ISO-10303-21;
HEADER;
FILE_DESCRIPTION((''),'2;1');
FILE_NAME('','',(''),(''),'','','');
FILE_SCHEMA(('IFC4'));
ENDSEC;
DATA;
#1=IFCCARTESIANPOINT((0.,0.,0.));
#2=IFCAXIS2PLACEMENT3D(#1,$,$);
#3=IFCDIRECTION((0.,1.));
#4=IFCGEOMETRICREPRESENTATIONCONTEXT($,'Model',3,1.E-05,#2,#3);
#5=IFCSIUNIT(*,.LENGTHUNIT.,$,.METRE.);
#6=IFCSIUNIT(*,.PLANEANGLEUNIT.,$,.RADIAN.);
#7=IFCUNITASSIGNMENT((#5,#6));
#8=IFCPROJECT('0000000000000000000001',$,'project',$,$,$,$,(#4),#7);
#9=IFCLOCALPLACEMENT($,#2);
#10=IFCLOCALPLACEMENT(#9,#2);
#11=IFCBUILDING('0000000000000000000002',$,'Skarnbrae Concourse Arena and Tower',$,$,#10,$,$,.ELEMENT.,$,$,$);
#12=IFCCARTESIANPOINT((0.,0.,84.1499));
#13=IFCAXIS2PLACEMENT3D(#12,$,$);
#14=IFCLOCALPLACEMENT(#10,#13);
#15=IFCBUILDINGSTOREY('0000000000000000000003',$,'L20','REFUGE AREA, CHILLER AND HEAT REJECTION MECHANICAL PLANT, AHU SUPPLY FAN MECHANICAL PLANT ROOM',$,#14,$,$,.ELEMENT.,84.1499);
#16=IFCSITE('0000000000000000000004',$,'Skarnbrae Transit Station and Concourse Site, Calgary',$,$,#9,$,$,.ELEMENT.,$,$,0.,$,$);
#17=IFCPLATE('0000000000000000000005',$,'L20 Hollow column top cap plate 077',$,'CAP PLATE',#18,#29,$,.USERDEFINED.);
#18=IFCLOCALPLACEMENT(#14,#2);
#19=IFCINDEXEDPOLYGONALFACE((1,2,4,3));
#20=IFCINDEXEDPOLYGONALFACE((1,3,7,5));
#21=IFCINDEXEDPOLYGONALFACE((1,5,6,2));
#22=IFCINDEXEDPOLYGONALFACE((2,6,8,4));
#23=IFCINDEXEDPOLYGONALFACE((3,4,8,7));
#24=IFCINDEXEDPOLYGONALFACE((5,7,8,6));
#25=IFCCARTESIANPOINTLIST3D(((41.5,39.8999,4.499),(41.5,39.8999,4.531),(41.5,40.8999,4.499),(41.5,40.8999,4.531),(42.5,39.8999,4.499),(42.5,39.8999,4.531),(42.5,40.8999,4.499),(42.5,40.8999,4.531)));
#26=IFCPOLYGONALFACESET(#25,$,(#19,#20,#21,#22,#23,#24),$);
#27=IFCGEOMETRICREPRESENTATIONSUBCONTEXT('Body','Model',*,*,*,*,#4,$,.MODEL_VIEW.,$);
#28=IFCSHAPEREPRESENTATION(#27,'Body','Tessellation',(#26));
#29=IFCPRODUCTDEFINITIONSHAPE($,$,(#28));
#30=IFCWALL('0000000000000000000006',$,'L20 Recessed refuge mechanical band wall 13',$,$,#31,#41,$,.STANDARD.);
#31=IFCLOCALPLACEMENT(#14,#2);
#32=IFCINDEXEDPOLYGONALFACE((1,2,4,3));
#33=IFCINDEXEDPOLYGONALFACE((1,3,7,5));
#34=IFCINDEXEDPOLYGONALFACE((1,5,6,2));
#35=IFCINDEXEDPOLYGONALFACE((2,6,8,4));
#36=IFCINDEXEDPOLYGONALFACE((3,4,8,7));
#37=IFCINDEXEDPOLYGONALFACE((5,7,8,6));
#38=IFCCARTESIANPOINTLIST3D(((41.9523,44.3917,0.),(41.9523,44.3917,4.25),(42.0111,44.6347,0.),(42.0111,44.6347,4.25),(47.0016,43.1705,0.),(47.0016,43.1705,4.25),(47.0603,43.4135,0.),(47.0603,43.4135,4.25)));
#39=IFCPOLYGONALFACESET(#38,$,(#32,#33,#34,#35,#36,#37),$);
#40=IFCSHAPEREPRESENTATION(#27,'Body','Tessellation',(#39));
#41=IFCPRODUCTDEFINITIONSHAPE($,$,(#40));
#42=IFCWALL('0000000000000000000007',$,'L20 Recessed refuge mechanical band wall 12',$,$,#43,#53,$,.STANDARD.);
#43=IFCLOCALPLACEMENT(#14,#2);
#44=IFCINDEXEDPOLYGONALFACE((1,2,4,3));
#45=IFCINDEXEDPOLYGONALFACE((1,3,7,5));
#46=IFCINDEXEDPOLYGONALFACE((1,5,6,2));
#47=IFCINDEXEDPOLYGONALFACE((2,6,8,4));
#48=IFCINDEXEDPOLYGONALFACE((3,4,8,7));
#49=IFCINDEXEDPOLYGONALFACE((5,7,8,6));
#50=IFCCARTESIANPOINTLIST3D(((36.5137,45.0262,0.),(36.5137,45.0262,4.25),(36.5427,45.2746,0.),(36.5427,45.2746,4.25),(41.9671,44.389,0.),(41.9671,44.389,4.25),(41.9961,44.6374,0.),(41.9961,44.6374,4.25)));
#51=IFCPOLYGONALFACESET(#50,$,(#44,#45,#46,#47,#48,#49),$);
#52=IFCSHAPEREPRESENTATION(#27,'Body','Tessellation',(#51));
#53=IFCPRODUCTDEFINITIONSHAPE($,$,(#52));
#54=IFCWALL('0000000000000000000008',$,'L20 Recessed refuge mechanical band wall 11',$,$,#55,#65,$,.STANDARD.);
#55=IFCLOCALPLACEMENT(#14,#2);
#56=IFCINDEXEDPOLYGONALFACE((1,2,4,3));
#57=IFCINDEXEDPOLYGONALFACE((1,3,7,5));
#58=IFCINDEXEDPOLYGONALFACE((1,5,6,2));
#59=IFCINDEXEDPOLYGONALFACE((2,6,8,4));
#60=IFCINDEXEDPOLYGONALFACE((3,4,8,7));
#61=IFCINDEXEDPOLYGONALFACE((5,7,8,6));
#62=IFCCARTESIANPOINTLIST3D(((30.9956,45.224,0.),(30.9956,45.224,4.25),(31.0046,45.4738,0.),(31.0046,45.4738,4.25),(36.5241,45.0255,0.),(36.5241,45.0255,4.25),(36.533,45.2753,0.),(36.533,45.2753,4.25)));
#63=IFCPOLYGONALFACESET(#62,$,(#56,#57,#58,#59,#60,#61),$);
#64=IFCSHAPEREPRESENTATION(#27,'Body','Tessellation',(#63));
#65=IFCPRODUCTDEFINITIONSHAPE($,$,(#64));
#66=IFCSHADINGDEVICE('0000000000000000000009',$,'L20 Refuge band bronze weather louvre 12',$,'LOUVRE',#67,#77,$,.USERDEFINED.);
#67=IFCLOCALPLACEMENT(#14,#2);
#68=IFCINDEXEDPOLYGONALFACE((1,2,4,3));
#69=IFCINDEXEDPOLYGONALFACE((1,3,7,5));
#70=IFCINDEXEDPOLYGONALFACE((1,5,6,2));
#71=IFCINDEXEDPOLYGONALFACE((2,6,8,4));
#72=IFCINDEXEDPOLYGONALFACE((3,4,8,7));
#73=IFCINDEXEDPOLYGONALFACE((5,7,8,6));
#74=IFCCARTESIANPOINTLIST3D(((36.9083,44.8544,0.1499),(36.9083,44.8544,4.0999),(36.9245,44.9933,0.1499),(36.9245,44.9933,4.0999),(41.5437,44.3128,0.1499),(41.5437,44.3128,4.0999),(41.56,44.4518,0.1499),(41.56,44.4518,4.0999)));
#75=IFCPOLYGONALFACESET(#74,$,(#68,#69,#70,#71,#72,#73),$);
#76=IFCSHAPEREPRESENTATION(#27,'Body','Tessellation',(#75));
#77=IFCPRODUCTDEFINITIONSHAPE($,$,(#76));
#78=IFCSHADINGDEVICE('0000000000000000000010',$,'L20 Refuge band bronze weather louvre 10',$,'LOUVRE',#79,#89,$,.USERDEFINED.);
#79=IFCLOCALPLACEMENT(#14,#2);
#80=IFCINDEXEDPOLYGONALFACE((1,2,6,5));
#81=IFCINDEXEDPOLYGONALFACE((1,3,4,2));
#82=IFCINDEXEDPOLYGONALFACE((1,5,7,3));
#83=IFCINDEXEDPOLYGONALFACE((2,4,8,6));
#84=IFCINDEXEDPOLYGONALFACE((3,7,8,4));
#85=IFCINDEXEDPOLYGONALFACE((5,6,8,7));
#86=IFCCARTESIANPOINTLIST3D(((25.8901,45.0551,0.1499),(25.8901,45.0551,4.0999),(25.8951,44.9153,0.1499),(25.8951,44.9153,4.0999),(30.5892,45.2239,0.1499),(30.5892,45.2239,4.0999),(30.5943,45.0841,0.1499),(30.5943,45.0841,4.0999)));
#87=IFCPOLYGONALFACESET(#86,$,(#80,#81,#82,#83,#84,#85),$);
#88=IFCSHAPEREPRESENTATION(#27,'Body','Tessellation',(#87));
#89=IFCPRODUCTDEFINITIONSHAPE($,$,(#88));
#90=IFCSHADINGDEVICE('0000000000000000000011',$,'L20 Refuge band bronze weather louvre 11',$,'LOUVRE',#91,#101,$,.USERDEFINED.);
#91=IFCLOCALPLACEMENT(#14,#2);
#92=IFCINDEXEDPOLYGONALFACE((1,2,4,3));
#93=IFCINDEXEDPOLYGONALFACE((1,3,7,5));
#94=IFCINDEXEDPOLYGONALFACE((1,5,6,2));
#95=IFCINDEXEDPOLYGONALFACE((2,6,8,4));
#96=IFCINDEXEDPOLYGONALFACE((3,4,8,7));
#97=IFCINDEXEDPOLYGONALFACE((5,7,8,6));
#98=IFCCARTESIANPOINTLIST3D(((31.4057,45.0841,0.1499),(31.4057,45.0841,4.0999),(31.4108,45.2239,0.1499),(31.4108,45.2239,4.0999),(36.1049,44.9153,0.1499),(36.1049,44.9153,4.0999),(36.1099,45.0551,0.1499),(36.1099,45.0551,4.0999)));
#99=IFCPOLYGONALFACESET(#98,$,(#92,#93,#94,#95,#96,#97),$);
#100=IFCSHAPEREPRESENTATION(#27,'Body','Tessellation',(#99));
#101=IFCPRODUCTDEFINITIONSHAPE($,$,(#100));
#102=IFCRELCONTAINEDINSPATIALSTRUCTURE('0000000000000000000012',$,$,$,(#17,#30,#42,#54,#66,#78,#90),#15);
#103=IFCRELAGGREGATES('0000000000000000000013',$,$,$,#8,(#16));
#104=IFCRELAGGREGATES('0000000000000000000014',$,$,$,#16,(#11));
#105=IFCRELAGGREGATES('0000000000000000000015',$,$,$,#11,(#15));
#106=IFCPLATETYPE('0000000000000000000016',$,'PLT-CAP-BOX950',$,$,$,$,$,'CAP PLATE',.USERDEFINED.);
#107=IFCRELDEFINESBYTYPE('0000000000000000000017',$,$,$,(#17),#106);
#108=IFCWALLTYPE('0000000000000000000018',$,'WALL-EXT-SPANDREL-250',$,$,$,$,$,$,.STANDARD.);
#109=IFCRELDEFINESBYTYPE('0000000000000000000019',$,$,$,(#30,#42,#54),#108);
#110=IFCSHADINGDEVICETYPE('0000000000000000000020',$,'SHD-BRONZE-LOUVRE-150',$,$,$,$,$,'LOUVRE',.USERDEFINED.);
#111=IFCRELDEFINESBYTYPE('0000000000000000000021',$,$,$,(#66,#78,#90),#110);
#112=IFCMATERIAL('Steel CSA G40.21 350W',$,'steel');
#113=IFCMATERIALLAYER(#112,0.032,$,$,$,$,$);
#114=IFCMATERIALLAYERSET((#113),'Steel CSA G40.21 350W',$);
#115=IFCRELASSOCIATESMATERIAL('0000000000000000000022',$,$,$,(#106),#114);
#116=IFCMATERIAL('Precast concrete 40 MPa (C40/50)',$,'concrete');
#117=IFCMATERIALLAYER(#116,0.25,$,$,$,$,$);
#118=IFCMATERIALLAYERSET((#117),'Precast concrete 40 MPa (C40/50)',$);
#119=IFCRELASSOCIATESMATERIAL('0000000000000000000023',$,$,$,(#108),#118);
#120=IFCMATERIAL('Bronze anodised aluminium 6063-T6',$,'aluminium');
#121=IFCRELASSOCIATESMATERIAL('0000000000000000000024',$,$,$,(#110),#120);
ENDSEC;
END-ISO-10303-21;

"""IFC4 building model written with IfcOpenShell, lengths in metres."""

from ifc_helpers import new_model, si_unit, direction, frame, frame_2d, origin, origin_2d, place, context, subcontext, project, spatial, rectangle, extrude, source, transform, mapped, material, layer, layer_set, type_object, element, save


model = new_model("IFC4")

# Units and contexts
model_context = context("Model", 3, precision=1e-05, world=origin(), true_north=direction((0.0, 1.0)))
body_context = subcontext(model_context, "Body", "Model", "MODEL_VIEW")
ifc_project = project(units=[si_unit("LENGTHUNIT", "METRE"), si_unit("PLANEANGLEUNIT", "RADIAN")], contexts=[model_context])

# Site, building, storey
site_placement = place(None, origin())
site = spatial("IfcSite", under=ifc_project, at=site_placement, Name="Skarnbrae Transit Station and Concourse Site, Calgary", CompositionType="ELEMENT", RefElevation=0.0)
building_placement = place(site_placement, origin())
building = spatial("IfcBuilding", under=site, at=building_placement, Name="Skarnbrae Concourse Arena and Tower", CompositionType="ELEMENT")
storey_placement = place(building_placement, frame((0.0, 0.0, 84.1499)))
storey = spatial("IfcBuildingStorey", under=building, at=storey_placement, Name="L20", Description="REFUGE AREA, CHILLER AND HEAT REJECTION MECHANICAL PLANT, AHU SUPPLY FAN MECHANICAL PLANT ROOM", CompositionType="ELEMENT", Elevation=84.1499)

# Shared definitions
ifc_material_1 = material(Name="Steel CSA G40.21 350W", Category="steel")

# Plate
ifc_layer_1 = layer(ifc_material_1, 0.032)
ifc_layer_set_1 = layer_set([ifc_layer_1], Name="Steel CSA G40.21 350W")
plate_type = type_object("IfcPlateType", Name="PLT-CAP-BOX950", ElementType="CAP PLATE", PredefinedType="USERDEFINED", material=ifc_layer_set_1)
shared_shape_1 = source(origin(), body_context, "Body", "SweptSolid", [
    extrude(rectangle(XDim=1.0, YDim=1.0, at=origin_2d()), origin(), (0.0, 0.0, 1.0), 0.032),
])
for number, where, z_axis, x_axis, name in (
    (1, (42.0, 40.3999, 4.499), (0.0, 0.0, 1.0), (1.0, 0.0, 0.0), "L20 Hollow column top cap plate 077"),
):
    element("IfcPlate", number, at=place(storey_placement, frame(where, z_axis=z_axis, x_axis=x_axis)), inside=storey, type_object=plate_type, Name=name, ObjectType="CAP PLATE", PredefinedType="USERDEFINED", context=body_context, shape_type="MappedRepresentation", body=[
        mapped(shared_shape_1, transform((0.0, 0.0, 0.0))),
    ])

# Walls
ifc_material_2 = material(Name="Precast concrete 40 MPa (C40/50)", Category="concrete")
ifc_layer_2 = layer(ifc_material_2, 0.25)
ifc_layer_set_2 = layer_set([ifc_layer_2], Name="Precast concrete 40 MPa (C40/50)")
wall_type = type_object("IfcWallType", Name="WALL-EXT-SPANDREL-250", PredefinedType="STANDARD", material=ifc_layer_set_2)
shared_shape_2 = source(origin(), body_context, "Body", "SweptSolid", [
    extrude(rectangle(XDim=5.1948, YDim=0.25, at=frame_2d((2.5974, 0.0))), origin(), (0.0, 0.0, 1.0), 4.25),
])
wall_1_placement = place(storey_placement, frame((41.9817, 44.5132, 0.0), z_axis=(0.0, 0.0, 1.0), x_axis=(0.971977, -0.235075, 0.0)))
element("IfcWall", 2, at=wall_1_placement, inside=storey, type_object=wall_type, Name="L20 Recessed refuge mechanical band wall 13", PredefinedType="STANDARD", context=body_context, shape_type="MappedRepresentation", body=[
    mapped(shared_shape_2, transform((0.0, 0.0, 0.0))),
])
shared_shape_3 = source(origin(), body_context, "Body", "SweptSolid", [
    extrude(rectangle(XDim=5.4905, YDim=0.25, at=frame_2d((2.7451, 0.0))), origin(), (0.0, 0.0, 1.0), 4.25),
])
wall_2_placement = place(storey_placement, frame((36.5283, 45.1504, 0.0), z_axis=(0.0, 0.0, 1.0), x_axis=(0.993243, -0.116057, 0.0)))
element("IfcWall", 3, at=wall_2_placement, inside=storey, type_object=wall_type, Name="L20 Recessed refuge mechanical band wall 12", PredefinedType="STANDARD", context=body_context, shape_type="MappedRepresentation", body=[
    mapped(shared_shape_3, transform((0.0, 0.0, 0.0))),
])
shared_shape_4 = source(origin(), body_context, "Body", "SweptSolid", [
    extrude(rectangle(XDim=5.532, YDim=0.25, at=frame_2d((2.7661, 0.0))), origin(), (0.0, 0.0, 1.0), 4.25),
])
wall_3_placement = place(storey_placement, frame((31.0, 45.3489, 0.0), z_axis=(0.0, 0.0, 1.0), x_axis=(0.999356, -0.03588, 0.0)))
element("IfcWall", 4, at=wall_3_placement, inside=storey, type_object=wall_type, Name="L20 Recessed refuge mechanical band wall 11", PredefinedType="STANDARD", context=body_context, shape_type="MappedRepresentation", body=[
    mapped(shared_shape_4, transform((0.0, 0.0, 0.0))),
])

# Shading devices
ifc_material_3 = material(Name="Bronze anodised aluminium 6063-T6", Category="aluminium")
shading_device_type = type_object("IfcShadingDeviceType", Name="SHD-BRONZE-LOUVRE-150", ElementType="LOUVRE", PredefinedType="USERDEFINED", material=ifc_material_3)
shared_shape_5 = source(origin(), body_context, "Body", "SweptSolid", [
    extrude(rectangle(XDim=4.667, YDim=0.1399, at=origin_2d()), origin(), (0.0, 0.0, 1.0), 3.95),
])
shading_device_placement = place(storey_placement, frame((39.2341, 44.6531, 0.1499), z_axis=(0.0, 0.0, 1.0), x_axis=(0.993245, -0.116036, 0.0)))
element("IfcShadingDevice", 5, at=shading_device_placement, inside=storey, type_object=shading_device_type, Name="L20 Refuge band bronze weather louvre 12", ObjectType="LOUVRE", PredefinedType="USERDEFINED", context=body_context, shape_type="MappedRepresentation", body=[
    mapped(shared_shape_5, transform((0.0, 0.0, 0.0))),
])
shared_shape_6 = source(origin(), body_context, "Body", "SweptSolid", [
    extrude(rectangle(XDim=4.7021, YDim=0.1399, at=origin_2d()), origin(), (0.0, 0.0, 1.0), 3.95),
])
for number, where, z_axis, x_axis, name in (
    (6, (28.2422, 45.0696, 0.1499), (0.0, 0.0, 1.0), (0.999355, 0.035901, 0.0), "L20 Refuge band bronze weather louvre 10"),
    (7, (33.7578, 45.0696, 0.1499), (0.0, 0.0, 1.0), (0.999355, -0.035901, 0.0), "L20 Refuge band bronze weather louvre 11"),
):
    element("IfcShadingDevice", number, at=place(storey_placement, frame(where, z_axis=z_axis, x_axis=x_axis)), inside=storey, type_object=shading_device_type, Name=name, ObjectType="LOUVRE", PredefinedType="USERDEFINED", context=body_context, shape_type="MappedRepresentation", body=[
        mapped(shared_shape_6, transform((0.0, 0.0, 0.0))),
    ])

save(model, "model.ifc")
